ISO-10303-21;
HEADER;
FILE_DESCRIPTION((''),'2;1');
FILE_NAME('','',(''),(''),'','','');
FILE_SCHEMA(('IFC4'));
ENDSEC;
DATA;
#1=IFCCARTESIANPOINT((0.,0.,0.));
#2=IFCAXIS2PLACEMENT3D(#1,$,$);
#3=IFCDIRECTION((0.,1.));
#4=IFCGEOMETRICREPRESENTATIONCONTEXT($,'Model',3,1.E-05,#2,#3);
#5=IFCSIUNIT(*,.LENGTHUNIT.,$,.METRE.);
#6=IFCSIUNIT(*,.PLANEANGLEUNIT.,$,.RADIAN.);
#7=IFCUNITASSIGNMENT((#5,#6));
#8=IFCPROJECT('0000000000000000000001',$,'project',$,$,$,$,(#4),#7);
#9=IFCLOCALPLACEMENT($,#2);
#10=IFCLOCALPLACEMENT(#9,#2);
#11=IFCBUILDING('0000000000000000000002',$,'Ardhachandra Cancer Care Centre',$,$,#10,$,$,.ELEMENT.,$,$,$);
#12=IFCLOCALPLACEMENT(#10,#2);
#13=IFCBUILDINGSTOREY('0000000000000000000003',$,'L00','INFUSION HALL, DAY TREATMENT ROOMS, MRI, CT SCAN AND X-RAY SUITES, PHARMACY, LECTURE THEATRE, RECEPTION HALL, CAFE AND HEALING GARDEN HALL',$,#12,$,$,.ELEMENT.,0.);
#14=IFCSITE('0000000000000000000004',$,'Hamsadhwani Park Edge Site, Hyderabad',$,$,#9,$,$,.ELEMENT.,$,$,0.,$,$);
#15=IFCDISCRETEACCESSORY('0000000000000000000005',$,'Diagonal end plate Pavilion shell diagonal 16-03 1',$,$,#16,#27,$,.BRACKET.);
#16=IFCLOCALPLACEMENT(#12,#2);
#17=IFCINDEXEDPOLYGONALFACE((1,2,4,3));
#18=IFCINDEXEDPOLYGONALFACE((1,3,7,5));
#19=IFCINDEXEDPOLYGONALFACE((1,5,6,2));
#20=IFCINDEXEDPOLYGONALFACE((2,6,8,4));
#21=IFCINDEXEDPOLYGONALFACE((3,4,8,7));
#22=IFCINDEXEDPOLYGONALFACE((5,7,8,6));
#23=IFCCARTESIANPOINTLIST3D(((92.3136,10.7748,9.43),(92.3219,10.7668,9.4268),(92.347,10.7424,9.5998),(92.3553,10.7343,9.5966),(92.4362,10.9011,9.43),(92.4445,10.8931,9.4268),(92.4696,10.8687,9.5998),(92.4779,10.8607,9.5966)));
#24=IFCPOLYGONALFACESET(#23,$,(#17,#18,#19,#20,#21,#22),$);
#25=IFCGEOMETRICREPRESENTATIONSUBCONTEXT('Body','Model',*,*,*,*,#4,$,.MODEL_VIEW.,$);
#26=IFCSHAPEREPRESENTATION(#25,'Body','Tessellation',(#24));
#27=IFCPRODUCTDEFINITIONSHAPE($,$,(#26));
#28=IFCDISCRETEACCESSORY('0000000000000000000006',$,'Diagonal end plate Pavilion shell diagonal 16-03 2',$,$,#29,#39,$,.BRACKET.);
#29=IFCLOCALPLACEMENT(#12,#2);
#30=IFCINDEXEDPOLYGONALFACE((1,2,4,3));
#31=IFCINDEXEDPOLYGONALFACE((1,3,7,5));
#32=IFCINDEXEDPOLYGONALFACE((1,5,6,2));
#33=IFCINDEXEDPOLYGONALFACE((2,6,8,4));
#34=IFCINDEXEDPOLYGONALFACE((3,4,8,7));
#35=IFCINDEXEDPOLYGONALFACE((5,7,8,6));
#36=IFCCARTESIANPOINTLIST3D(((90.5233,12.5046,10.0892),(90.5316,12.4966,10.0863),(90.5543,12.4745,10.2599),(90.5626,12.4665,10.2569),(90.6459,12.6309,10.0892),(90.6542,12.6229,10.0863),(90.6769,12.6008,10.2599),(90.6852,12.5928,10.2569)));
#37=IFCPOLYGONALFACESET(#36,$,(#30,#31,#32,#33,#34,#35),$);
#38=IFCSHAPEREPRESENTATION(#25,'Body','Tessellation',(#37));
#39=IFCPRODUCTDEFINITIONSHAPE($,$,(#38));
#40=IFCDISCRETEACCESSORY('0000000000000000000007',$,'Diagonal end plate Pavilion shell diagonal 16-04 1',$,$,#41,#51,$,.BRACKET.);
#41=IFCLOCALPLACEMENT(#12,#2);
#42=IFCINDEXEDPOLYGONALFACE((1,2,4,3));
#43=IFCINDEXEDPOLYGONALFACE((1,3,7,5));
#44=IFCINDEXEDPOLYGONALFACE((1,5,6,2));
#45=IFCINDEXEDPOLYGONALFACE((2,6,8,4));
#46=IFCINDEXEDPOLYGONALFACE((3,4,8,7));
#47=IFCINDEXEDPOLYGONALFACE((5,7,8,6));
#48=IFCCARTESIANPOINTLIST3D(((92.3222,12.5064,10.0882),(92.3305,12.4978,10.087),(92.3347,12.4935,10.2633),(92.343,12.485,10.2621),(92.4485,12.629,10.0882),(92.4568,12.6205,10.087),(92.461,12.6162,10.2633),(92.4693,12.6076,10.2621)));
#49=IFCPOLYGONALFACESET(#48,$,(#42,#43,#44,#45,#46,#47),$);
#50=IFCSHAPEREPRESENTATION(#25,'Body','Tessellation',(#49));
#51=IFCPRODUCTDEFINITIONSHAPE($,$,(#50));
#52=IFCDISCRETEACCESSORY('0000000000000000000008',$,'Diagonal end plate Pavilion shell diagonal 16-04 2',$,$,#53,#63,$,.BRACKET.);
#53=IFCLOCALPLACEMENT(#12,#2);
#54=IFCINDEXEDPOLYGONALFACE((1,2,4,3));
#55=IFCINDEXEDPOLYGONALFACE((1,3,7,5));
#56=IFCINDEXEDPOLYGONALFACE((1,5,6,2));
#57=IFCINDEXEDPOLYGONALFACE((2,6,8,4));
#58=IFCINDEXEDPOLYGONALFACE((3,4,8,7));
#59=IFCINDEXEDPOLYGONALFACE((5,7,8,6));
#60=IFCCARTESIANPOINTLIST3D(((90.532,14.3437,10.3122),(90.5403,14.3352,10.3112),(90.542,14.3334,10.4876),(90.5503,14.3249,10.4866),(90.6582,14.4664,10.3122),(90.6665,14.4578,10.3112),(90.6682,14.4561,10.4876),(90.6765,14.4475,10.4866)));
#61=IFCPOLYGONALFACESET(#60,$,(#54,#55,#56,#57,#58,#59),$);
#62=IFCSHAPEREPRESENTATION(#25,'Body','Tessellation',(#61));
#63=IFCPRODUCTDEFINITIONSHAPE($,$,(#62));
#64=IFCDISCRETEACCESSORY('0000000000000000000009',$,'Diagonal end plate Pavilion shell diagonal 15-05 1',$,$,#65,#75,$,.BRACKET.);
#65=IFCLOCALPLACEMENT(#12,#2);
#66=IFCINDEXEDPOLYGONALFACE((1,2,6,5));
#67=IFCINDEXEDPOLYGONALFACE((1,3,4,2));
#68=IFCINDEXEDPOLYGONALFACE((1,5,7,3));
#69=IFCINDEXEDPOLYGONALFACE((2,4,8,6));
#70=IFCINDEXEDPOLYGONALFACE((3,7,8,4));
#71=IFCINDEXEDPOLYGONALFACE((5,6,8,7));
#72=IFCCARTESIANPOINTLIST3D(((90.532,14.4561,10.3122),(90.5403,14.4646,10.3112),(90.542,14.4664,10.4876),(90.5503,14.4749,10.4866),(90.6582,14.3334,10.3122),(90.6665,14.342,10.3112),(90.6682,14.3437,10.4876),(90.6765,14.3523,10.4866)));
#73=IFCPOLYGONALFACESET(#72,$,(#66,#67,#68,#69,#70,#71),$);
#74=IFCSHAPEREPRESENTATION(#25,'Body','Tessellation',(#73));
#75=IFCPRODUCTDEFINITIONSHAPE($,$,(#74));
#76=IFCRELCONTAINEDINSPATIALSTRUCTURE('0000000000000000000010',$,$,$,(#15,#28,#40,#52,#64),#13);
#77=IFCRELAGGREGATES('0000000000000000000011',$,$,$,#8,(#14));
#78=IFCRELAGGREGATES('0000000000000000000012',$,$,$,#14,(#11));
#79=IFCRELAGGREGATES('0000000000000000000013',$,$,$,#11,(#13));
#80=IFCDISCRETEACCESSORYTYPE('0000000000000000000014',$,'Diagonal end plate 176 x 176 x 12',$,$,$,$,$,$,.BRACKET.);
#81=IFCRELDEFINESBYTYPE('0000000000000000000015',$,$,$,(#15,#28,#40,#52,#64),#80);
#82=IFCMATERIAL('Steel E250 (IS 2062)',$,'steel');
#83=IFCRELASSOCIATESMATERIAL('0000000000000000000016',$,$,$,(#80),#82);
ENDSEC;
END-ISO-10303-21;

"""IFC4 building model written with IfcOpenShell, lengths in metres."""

from ifc_helpers import new_model, si_unit, direction, frame, origin, origin_2d, place, context, subcontext, project, spatial, rectangle, extrude, material, material_profile, profile_set, type_object, element, save


model = new_model("IFC4")

# Units and contexts
model_context = context("Model", 3, precision=1e-05, world=origin(), true_north=direction((0.0, 1.0)))
body_context = subcontext(model_context, "Body", "Model", "MODEL_VIEW")
ifc_project = project(units=[si_unit("LENGTHUNIT", "METRE"), si_unit("PLANEANGLEUNIT", "RADIAN")], contexts=[model_context])

# Site, building, storey
site_placement = place(None, origin())
site = spatial("IfcSite", under=ifc_project, at=site_placement, Name="Hamsadhwani Park Edge Site, Hyderabad", CompositionType="ELEMENT", RefElevation=0.0)
building_placement = place(site_placement, origin())
building = spatial("IfcBuilding", under=site, at=building_placement, Name="Ardhachandra Cancer Care Centre", CompositionType="ELEMENT")
storey_placement = place(building_placement, origin())
storey = spatial("IfcBuildingStorey", under=building, at=storey_placement, Name="L00", Description="INFUSION HALL, DAY TREATMENT ROOMS, MRI, CT SCAN AND X-RAY SUITES, PHARMACY, LECTURE THEATRE, RECEPTION HALL, CAFE AND HEALING GARDEN HALL", CompositionType="ELEMENT", Elevation=0.0)

# Discrete accessories
ifc_material_1 = material(Name="Steel E250 (IS 2062)", Category="steel")
ifc_material_profile_1 = material_profile(ifc_material_1, rectangle(XDim=0.176, YDim=0.176, at=origin_2d()), Name="PL 176x176x12")
ifc_profile_set_1 = profile_set([ifc_material_profile_1], Name="Steel E250 (IS 2062)")
discrete_accessory_type = type_object("IfcDiscreteAccessoryType", Name="Diagonal end plate 176 x 176 x 12", PredefinedType="BRACKET", material=ifc_profile_set_1)
for number, where, z_axis, x_axis, name in (
    (1, (92.3999, 10.8137, 9.5117), (-0.692007, 0.671654, 0.264591), (-0.696475, -0.717581, 0.0), "Diagonal end plate Pavilion shell diagonal 16-03 1"),
    (2, (90.6001, 12.5527, 10.1746), (0.695618, -0.675159, -0.245512), (0.696475, 0.717581, 0.0), "Diagonal end plate Pavilion shell diagonal 16-03 2"),
    (3, (92.3999, 12.5527, 10.1746), (-0.693156, 0.713543, 0.101935), (-0.717279, -0.696786, 0.0), "Diagonal end plate Pavilion shell diagonal 16-04 1"),
    (4, (90.6001, 14.3999, 10.3999), (0.694456, -0.714881, -0.081701), (0.717279, 0.696786, 0.0), "Diagonal end plate Pavilion shell diagonal 16-04 2"),
    (5, (90.6001, 14.3999, 10.3999), (0.694456, 0.714881, -0.081701), (-0.717279, 0.696786, 0.0), "Diagonal end plate Pavilion shell diagonal 15-05 1"),
):
    element("IfcDiscreteAccessory", number, at=place(storey_placement, frame(where, z_axis=z_axis, x_axis=x_axis)), inside=storey, type_object=discrete_accessory_type, Name=name, PredefinedType="BRACKET", context=body_context, shape_type="SweptSolid", body=[
        extrude(rectangle(XDim=0.176, YDim=0.176, at=origin_2d()), origin(), (0.0, 0.0, 1.0), 0.012),
    ])

save(model, "model.ifc")
